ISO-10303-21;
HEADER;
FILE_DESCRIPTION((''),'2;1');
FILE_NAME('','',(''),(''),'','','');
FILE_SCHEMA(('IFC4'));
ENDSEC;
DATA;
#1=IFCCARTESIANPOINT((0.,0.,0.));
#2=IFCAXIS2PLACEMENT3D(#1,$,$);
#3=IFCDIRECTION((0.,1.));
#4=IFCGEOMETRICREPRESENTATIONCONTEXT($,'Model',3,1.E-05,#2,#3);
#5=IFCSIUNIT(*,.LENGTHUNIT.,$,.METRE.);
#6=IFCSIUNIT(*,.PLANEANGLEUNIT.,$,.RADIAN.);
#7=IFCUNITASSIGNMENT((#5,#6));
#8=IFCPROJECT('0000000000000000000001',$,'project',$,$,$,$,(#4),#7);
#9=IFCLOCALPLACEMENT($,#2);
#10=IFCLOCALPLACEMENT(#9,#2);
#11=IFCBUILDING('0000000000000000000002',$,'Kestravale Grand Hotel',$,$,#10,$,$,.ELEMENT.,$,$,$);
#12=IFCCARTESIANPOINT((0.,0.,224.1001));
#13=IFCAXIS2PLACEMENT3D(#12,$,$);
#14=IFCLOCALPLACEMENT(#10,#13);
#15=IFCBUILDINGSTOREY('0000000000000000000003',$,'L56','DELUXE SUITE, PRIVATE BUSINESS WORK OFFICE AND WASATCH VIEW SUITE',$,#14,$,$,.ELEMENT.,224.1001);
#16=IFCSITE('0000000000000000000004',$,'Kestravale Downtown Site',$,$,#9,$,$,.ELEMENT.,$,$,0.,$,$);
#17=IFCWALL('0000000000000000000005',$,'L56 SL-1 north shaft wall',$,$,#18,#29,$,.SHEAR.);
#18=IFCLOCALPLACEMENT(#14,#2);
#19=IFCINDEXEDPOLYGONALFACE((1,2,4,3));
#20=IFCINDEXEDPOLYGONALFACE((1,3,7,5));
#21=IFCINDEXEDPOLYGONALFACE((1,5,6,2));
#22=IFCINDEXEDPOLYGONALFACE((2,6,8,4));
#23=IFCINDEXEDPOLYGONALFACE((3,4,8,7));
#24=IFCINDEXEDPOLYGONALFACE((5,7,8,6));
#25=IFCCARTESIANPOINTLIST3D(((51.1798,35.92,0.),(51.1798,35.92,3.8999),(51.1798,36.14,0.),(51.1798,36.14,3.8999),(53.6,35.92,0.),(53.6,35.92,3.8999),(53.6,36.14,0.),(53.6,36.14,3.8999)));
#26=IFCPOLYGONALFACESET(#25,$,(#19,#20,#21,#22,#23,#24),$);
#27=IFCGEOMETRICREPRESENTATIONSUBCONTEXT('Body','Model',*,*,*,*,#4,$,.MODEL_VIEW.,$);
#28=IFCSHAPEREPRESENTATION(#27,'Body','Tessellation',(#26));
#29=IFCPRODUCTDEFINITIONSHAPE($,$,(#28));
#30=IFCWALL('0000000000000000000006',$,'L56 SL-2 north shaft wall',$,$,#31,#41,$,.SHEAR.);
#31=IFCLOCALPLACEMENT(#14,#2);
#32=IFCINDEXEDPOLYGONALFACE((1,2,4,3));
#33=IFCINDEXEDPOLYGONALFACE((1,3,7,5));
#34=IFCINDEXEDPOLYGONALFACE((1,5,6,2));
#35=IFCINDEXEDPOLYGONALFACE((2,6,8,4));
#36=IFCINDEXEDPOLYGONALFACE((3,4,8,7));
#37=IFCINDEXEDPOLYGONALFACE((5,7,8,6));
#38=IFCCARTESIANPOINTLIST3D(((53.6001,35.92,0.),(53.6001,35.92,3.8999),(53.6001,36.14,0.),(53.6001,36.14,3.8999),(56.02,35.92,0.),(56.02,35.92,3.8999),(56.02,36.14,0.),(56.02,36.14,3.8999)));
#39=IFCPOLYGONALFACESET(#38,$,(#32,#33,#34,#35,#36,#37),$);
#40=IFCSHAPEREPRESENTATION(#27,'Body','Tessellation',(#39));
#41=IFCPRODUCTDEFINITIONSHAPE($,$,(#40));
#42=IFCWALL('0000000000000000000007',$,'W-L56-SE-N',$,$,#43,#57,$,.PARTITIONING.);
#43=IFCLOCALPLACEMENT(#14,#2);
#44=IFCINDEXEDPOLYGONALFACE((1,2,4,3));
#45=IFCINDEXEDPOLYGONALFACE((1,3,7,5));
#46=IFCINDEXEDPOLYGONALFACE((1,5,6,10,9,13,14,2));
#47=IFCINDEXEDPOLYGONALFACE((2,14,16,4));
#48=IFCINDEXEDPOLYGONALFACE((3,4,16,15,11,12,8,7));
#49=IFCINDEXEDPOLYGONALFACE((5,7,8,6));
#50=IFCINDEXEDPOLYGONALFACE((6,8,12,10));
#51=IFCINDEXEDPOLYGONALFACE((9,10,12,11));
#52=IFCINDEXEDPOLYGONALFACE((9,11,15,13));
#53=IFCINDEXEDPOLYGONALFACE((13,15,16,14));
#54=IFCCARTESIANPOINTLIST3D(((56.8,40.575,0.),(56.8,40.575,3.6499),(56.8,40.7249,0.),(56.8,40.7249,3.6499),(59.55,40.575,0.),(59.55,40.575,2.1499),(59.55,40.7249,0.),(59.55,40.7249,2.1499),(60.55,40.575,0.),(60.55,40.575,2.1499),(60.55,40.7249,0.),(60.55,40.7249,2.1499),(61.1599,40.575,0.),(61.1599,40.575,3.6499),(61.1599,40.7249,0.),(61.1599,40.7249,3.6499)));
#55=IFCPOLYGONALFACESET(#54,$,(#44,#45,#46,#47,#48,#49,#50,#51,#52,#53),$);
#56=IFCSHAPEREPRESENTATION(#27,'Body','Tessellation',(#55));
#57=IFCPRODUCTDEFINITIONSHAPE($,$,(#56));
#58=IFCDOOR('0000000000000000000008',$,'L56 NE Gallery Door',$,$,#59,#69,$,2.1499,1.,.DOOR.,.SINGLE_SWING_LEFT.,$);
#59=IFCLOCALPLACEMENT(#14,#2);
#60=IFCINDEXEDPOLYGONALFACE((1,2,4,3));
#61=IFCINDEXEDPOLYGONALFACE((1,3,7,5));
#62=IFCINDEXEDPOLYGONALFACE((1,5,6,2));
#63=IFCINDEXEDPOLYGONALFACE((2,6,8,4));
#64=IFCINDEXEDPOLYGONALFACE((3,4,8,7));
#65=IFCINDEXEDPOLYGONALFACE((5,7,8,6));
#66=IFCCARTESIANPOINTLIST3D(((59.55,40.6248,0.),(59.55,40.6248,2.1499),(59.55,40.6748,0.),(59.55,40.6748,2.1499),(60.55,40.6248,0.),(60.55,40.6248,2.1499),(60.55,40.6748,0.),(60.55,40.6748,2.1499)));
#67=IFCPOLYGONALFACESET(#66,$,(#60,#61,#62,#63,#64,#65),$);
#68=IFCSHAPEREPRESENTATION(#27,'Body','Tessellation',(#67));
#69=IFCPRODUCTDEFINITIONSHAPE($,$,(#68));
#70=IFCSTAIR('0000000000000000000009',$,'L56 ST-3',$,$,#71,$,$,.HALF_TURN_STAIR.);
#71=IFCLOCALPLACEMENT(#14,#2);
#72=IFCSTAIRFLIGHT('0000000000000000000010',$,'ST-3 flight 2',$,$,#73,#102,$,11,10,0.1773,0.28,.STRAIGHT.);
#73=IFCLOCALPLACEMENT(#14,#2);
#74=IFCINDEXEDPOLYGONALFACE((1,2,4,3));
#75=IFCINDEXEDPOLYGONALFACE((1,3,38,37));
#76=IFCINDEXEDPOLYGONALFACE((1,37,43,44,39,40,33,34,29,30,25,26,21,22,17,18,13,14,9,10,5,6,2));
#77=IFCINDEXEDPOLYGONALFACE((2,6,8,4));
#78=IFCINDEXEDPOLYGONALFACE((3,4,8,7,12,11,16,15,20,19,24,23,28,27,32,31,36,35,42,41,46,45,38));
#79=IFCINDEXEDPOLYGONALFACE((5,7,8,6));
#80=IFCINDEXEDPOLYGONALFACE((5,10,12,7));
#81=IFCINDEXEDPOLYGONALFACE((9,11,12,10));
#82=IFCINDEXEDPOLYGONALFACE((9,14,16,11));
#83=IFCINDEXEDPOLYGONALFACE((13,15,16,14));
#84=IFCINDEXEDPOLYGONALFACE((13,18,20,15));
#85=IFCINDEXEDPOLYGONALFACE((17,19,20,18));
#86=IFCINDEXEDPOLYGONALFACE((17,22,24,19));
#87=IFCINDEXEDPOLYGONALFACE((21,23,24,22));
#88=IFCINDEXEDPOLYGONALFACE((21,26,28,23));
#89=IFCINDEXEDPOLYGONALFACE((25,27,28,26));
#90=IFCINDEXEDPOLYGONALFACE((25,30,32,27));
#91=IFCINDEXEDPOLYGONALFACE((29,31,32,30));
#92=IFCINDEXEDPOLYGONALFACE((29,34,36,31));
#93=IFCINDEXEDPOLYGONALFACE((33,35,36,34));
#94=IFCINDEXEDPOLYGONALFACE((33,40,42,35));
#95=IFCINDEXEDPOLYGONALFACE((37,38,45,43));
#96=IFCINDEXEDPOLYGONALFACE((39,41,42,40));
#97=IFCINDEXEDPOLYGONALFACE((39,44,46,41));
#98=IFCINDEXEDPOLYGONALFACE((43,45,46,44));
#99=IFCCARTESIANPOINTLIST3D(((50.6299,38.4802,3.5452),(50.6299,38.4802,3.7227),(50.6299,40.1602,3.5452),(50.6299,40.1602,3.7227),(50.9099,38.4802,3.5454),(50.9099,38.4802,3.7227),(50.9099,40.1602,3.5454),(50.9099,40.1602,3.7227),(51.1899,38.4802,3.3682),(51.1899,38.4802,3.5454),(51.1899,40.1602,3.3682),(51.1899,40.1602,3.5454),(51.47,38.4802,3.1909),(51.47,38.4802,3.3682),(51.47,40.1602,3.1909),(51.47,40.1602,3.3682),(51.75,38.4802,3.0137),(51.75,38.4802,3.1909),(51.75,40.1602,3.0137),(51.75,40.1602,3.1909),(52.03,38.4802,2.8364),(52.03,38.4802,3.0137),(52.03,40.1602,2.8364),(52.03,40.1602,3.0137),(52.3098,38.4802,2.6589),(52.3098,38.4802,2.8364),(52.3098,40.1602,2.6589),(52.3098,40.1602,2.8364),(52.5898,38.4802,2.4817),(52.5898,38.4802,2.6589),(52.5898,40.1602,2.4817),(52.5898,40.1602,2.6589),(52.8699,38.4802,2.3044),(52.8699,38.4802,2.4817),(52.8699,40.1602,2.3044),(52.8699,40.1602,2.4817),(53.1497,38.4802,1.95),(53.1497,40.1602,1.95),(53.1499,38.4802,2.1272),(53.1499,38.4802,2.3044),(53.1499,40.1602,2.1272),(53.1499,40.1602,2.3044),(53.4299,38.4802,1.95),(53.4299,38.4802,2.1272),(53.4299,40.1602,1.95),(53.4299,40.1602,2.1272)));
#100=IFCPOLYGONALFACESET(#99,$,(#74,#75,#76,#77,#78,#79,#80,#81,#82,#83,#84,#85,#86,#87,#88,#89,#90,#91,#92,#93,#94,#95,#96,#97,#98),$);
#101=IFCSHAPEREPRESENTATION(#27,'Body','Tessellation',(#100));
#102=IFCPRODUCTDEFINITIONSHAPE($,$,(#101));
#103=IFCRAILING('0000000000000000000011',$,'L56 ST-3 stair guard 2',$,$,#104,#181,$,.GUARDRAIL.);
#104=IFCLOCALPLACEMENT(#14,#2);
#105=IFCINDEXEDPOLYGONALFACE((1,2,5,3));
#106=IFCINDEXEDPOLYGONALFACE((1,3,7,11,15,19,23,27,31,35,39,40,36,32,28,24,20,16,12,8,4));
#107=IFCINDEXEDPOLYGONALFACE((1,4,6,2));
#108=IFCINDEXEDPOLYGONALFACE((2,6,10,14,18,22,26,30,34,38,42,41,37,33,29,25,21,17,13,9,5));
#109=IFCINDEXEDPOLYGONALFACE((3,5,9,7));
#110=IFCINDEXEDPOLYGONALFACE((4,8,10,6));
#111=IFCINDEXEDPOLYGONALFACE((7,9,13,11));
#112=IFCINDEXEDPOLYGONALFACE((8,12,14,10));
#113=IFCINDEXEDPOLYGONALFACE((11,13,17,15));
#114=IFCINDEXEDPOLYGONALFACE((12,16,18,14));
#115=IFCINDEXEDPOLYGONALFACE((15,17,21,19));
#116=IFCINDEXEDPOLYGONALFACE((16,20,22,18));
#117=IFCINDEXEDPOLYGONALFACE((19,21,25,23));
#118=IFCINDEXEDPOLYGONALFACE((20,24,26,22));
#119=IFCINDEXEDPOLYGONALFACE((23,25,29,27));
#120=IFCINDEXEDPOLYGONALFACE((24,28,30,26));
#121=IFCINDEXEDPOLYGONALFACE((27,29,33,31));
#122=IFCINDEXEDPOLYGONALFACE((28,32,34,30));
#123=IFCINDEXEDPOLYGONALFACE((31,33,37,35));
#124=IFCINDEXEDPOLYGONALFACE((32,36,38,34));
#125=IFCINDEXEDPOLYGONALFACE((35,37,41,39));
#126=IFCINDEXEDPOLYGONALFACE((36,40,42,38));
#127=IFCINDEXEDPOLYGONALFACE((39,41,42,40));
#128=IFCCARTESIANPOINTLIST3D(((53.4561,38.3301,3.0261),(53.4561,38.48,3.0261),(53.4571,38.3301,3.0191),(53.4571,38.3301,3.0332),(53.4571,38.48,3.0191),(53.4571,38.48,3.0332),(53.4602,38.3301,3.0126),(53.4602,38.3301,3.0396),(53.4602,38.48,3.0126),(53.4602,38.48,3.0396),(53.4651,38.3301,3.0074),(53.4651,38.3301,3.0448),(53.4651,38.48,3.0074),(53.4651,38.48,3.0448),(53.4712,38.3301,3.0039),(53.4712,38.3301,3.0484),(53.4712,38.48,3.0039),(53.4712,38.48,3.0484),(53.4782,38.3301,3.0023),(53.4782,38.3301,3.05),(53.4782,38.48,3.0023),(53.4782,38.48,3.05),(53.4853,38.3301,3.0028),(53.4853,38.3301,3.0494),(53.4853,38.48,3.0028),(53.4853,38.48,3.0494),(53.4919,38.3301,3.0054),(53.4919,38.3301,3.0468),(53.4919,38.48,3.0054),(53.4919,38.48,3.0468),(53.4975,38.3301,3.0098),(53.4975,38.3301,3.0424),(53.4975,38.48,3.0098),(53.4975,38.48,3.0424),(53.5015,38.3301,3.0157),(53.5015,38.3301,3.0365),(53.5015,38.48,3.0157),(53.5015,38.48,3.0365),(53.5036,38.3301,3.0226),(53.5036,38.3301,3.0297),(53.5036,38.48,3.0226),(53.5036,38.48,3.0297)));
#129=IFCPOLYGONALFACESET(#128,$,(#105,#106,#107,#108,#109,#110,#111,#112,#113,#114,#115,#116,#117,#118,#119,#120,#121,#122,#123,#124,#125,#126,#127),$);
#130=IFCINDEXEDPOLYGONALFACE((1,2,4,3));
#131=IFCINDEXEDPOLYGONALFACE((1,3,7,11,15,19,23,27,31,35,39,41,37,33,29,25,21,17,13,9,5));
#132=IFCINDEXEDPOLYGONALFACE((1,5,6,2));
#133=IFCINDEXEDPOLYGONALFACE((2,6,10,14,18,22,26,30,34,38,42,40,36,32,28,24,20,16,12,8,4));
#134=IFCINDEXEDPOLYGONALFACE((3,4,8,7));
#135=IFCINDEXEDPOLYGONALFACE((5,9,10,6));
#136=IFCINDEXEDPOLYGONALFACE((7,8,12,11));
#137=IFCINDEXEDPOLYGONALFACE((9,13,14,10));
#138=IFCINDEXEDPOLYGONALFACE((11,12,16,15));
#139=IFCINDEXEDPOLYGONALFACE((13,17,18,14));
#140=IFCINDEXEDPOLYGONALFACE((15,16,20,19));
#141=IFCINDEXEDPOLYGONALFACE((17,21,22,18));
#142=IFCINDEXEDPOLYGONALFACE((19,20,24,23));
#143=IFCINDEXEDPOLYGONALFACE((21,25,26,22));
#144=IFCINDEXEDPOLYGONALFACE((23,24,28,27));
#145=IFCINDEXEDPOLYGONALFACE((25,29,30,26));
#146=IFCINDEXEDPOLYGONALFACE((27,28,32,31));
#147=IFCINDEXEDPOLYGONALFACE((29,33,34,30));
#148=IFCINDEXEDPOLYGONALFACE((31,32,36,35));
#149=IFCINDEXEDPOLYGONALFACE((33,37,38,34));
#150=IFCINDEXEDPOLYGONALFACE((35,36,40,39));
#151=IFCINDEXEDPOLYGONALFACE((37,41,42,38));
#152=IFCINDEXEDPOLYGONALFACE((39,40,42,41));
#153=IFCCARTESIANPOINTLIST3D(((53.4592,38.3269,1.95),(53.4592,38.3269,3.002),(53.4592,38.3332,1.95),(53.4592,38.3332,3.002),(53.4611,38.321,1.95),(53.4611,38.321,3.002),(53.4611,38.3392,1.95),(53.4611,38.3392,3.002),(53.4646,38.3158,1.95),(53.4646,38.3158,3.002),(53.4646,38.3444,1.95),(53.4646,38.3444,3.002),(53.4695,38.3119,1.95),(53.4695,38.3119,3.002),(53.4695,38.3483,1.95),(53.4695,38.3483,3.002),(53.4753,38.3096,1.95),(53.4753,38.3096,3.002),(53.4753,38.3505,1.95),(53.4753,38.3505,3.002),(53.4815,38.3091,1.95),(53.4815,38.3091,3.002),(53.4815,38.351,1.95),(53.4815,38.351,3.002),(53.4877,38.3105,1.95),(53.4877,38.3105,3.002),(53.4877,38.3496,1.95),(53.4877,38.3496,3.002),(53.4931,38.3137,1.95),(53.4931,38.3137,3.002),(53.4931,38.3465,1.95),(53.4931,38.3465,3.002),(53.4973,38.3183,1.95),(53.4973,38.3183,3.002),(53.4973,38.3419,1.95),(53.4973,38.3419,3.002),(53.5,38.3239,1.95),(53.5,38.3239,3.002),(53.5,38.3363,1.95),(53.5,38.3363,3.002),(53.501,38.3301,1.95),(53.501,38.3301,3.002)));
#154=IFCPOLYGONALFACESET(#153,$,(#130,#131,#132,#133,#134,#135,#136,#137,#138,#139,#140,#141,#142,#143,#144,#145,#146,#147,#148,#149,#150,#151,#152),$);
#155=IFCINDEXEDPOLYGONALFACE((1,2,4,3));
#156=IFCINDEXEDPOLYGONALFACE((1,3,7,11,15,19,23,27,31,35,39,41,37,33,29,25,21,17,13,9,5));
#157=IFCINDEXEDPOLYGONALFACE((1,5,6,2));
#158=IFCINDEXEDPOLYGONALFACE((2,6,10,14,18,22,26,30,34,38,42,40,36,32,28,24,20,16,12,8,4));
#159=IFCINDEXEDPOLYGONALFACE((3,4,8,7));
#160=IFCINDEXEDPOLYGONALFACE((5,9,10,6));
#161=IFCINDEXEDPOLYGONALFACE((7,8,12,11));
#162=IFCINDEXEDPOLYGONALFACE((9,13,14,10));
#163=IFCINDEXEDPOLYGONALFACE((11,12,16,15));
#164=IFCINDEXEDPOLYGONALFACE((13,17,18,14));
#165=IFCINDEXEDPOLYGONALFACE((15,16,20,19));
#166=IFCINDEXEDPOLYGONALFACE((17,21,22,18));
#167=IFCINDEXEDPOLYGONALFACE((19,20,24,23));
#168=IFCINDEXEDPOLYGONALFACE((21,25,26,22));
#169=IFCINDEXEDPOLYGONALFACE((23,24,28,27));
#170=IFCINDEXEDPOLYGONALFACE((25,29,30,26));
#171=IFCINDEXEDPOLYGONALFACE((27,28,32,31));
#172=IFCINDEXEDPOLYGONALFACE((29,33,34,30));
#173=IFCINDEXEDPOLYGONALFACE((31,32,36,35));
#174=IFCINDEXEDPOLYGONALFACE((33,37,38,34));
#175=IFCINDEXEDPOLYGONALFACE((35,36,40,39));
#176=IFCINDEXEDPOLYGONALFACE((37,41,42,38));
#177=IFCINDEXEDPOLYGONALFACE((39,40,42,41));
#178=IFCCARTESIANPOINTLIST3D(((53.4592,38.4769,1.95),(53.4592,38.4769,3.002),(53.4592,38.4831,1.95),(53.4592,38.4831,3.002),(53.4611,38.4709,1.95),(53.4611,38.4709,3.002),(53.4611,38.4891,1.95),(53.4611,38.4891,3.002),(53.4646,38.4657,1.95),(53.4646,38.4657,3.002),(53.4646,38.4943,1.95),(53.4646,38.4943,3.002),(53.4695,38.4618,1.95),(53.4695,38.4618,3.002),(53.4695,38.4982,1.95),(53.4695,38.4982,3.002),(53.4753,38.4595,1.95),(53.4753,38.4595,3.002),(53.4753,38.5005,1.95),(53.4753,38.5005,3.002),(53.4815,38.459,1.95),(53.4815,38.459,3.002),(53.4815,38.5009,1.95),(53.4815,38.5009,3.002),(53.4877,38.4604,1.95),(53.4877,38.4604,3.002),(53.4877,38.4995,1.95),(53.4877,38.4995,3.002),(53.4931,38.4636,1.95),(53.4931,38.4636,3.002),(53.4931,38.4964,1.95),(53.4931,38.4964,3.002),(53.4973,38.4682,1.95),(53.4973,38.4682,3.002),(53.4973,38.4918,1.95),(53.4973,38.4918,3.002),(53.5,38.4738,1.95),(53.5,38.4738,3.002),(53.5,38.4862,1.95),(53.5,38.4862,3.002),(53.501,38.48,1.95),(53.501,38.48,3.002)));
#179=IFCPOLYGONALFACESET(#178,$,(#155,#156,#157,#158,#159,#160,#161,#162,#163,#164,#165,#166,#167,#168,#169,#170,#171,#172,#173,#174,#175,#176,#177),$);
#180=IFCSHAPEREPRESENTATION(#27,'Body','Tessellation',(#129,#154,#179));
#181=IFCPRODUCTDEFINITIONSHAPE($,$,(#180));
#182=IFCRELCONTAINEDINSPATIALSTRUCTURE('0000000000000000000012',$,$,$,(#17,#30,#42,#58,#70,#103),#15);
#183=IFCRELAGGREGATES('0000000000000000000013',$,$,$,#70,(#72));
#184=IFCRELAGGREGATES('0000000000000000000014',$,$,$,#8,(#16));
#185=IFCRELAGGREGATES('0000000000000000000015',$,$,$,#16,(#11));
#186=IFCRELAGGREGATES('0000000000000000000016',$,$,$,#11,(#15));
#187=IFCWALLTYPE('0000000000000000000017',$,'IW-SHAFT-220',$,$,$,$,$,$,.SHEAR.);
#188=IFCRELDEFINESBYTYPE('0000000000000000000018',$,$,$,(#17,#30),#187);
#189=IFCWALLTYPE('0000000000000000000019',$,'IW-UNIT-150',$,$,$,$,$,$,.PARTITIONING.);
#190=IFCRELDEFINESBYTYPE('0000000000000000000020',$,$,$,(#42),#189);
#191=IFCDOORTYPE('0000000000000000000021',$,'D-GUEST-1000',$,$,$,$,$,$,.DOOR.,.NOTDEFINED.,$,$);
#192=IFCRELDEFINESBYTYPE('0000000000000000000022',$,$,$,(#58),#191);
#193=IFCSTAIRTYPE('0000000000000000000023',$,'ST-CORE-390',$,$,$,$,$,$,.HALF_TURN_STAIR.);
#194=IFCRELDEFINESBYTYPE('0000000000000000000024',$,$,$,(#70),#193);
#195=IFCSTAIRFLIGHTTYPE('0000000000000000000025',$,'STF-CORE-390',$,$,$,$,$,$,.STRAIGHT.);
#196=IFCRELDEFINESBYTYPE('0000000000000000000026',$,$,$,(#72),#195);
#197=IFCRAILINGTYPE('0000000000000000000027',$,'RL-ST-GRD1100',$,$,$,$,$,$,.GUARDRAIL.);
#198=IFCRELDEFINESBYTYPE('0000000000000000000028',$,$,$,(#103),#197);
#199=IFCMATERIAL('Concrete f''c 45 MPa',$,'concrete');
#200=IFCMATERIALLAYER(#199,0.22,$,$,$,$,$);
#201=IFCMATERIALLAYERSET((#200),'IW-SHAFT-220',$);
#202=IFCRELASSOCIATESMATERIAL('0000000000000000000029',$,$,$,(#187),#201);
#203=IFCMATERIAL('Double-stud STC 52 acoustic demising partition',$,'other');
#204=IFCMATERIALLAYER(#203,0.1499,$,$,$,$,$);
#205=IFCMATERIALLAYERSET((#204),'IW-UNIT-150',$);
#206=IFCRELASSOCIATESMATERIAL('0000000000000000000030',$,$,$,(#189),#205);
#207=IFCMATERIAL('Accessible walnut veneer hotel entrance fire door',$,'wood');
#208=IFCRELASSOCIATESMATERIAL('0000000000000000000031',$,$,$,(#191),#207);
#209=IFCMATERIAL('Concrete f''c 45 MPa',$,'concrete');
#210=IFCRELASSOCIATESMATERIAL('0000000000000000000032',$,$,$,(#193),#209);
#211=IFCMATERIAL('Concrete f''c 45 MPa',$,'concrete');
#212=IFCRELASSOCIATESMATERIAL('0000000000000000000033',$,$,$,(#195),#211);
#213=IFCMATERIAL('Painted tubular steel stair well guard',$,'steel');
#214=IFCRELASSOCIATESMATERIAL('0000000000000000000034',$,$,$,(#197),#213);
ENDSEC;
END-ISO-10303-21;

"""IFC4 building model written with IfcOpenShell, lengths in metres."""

from ifc_helpers import new_model, si_unit, direction, frame, frame_2d, origin, origin_2d, place, context, subcontext, project, spatial, polyline, rectangle, circle, outline, extrude, material, layer, layer_set, type_object, element, fill, aggregate, save


model = new_model("IFC4")

# Units and contexts
model_context = context("Model", 3, precision=1e-05, world=origin(), true_north=direction((0.0, 1.0)))
body_context = subcontext(model_context, "Body", "Model", "MODEL_VIEW")
ifc_project = project(units=[si_unit("LENGTHUNIT", "METRE"), si_unit("PLANEANGLEUNIT", "RADIAN")], contexts=[model_context])

# Site, building, storey
site_placement = place(None, origin())
site = spatial("IfcSite", under=ifc_project, at=site_placement, Name="Kestravale Downtown Site", CompositionType="ELEMENT", RefElevation=0.0)
building_placement = place(site_placement, origin())
building = spatial("IfcBuilding", under=site, at=building_placement, Name="Kestravale Grand Hotel", CompositionType="ELEMENT")
storey_placement = place(building_placement, frame((0.0, 0.0, 224.1001)))
storey = spatial("IfcBuildingStorey", under=building, at=storey_placement, Name="L56", Description="DELUXE SUITE, PRIVATE BUSINESS WORK OFFICE AND WASATCH VIEW SUITE", CompositionType="ELEMENT", Elevation=224.1001)

# Wall
ifc_material_1 = material(Name="Concrete f'c 45 MPa", Category="concrete")
ifc_layer_1 = layer(ifc_material_1, 0.22)
ifc_layer_set_1 = layer_set([ifc_layer_1], Name="IW-SHAFT-220")
wall_type_1 = type_object("IfcWallType", Name="IW-SHAFT-220", PredefinedType="SHEAR", material=ifc_layer_set_1)
wall_1_placement = place(storey_placement, frame((51.1799, 36.03, 0.0), z_axis=(0.0, 0.0, 1.0), x_axis=(1.0, 0.0, 0.0)))
element("IfcWall", 1, at=wall_1_placement, inside=storey, type_object=wall_type_1, Name="L56 SL-1 north shaft wall", PredefinedType="SHEAR", context=body_context, shape_type="SweptSolid", body=[
    extrude(rectangle(XDim=2.4202, YDim=0.22, at=frame_2d((1.21, 0.0))), origin(), (0.0, 0.0, 1.0), 3.8999),
])

# Wall
wall_2_placement = place(storey_placement, frame((53.6001, 36.03, 0.0), z_axis=(0.0, 0.0, 1.0), x_axis=(1.0, 0.0, 0.0)))
element("IfcWall", 2, at=wall_2_placement, inside=storey, type_object=wall_type_1, Name="L56 SL-2 north shaft wall", PredefinedType="SHEAR", context=body_context, shape_type="SweptSolid", body=[
    extrude(rectangle(XDim=2.4199, YDim=0.22, at=frame_2d((1.21, 0.0))), origin(), (0.0, 0.0, 1.0), 3.8999),
])

# Wall, opening, door
ifc_material_2 = material(Name="Double-stud STC 52 acoustic demising partition", Category="other")
ifc_layer_2 = layer(ifc_material_2, 0.1499)
ifc_layer_set_2 = layer_set([ifc_layer_2], Name="IW-UNIT-150")
wall_type_2 = type_object("IfcWallType", Name="IW-UNIT-150", PredefinedType="PARTITIONING", material=ifc_layer_set_2)
wall_3_placement = place(storey_placement, frame((56.8, 40.6499, 0.0), z_axis=(0.0, 0.0, 1.0), x_axis=(1.0, 0.0, 0.0)))
wall_3 = element("IfcWall", 3, at=wall_3_placement, inside=storey, type_object=wall_type_2, Name="W-L56-SE-N", PredefinedType="PARTITIONING", context=body_context, shape_type="SweptSolid", body=[
    extrude(rectangle(XDim=4.3599, YDim=0.1499, at=frame_2d((2.1799, 0.0))), origin(), (0.0, 0.0, 1.0), 3.6499),
])
opening_1_placement = place(wall_3_placement, frame((2.75, 0.0, 0.0)))
opening_1 = element("IfcOpeningElement", 4, at=opening_1_placement, cuts=wall_3, PredefinedType="OPENING", context=body_context, shape_type="SweptSolid", body=[
    extrude(rectangle(XDim=1.0, YDim=2.1499, at=frame_2d((0.5, 1.075))), frame((0.0, 0.085, 0.0), z_axis=(0.0, -1.0, 0.0), x_axis=(1.0, 0.0, 0.0)), (0.0, 0.0, 1.0), 0.1699),
])
ifc_material_3 = material(Name="Accessible walnut veneer hotel entrance fire door", Category="wood")
door_type_1 = type_object("IfcDoorType", Name="D-GUEST-1000", OperationType="NOTDEFINED", PredefinedType="DOOR", material=ifc_material_3)
door_1_placement = place(opening_1_placement, origin())
door_1 = element("IfcDoor", 5, at=door_1_placement, inside=storey, type_object=door_type_1, Name="L56 NE Gallery Door", OperationType="SINGLE_SWING_LEFT", OverallHeight=2.1499, OverallWidth=1.0, PredefinedType="DOOR", context=body_context, shape_type="SweptSolid", body=[
    extrude(rectangle(XDim=1.0, YDim=2.1499, at=frame_2d((0.5, 1.075))), frame((0.0, 0.0249, 0.0), z_axis=(0.0, -1.0, 0.0), x_axis=(1.0, 0.0, 0.0)), (0.0, 0.0, 1.0), 0.05),
])
fill(opening_1, door_1)

# Stair, stair flight
ifc_material_4 = material(Name="Concrete f'c 45 MPa", Category="concrete")
stair_type = type_object("IfcStairType", Name="ST-CORE-390", PredefinedType="HALF_TURN_STAIR", material=ifc_material_4)
stair_placement = place(storey_placement, origin())
stair = element("IfcStair", 6, at=stair_placement, inside=storey, type_object=stair_type, Name="L56 ST-3", PredefinedType="HALF_TURN_STAIR")
ifc_material_5 = material(Name="Concrete f'c 45 MPa", Category="concrete")
stair_flight_type = type_object("IfcStairFlightType", Name="STF-CORE-390", PredefinedType="STRAIGHT", material=ifc_material_5)
stair_flight_placement = place(storey_placement, frame((53.4299, 39.3201, 1.95), z_axis=(0.0, 0.0, 1.0), x_axis=(-1.0, 0.0, 0.0)))
stair_flight = element("IfcStairFlight", 7, at=stair_flight_placement, type_object=stair_flight_type, Name="ST-3 flight 2", NumberOfRisers=11, NumberOfTreads=10, PredefinedType="STRAIGHT", RiserHeight=0.1773, TreadLength=0.28, context=body_context, shape_type="SweptSolid", body=[
    extrude(outline(polyline([(0.0, 0.0), (0.0, 0.1772), (0.28, 0.1772), (0.28, 0.3545), (0.5601, 0.3545), (0.5601, 0.5317), (0.8401, 0.5317), (0.8401, 0.709), (1.1201, 0.709), (1.1201, 0.8865), (1.3999, 0.8865), (1.3999, 1.0637), (1.6799, 1.0637), (1.6799, 1.241), (1.96, 1.241), (1.96, 1.4182), (2.24, 1.4182), (2.24, 1.5955), (2.52, 1.5955), (2.52, 1.7727), (2.8, 1.7727), (2.8, 1.95), (2.8, 1.5952), (0.2803, 0.0), (0.0, 0.0)])), frame((0.0, 0.8398, 0.0), z_axis=(0.0, -1.0, 0.0), x_axis=(1.0, 0.0, 0.0)), (0.0, 0.0, 1.0), 1.6799),
])
aggregate(stair, [stair_flight])

# Railing
ifc_material_6 = material(Name="Painted tubular steel stair well guard", Category="steel")
railing_type_1 = type_object("IfcRailingType", Name="RL-ST-GRD1100", PredefinedType="GUARDRAIL", material=ifc_material_6)
railing_1_placement = place(storey_placement, frame((53.48, 38.3301, 1.95)))
element("IfcRailing", 8, at=railing_1_placement, inside=storey, type_object=railing_type_1, Name="L56 ST-3 stair guard 2", PredefinedType="GUARDRAIL", context=body_context, shape_type="SweptSolid", body=[
    extrude(circle(Radius=0.0239, at=origin_2d()), frame((0.0, 0.0, 1.0762), z_axis=(0.0, 1.0, 0.0), x_axis=(-1.0, 0.0, 0.0)), (0.0, 0.0, 1.0), 0.1499),
    extrude(circle(Radius=0.021, at=origin_2d()), origin(), (0.0, 0.0, 1.0), 1.052),
    extrude(circle(Radius=0.021, at=origin_2d()), frame((0.0, 0.1499, 0.0)), (0.0, 0.0, 1.0), 1.052),
])

save(model, "model.ifc")
